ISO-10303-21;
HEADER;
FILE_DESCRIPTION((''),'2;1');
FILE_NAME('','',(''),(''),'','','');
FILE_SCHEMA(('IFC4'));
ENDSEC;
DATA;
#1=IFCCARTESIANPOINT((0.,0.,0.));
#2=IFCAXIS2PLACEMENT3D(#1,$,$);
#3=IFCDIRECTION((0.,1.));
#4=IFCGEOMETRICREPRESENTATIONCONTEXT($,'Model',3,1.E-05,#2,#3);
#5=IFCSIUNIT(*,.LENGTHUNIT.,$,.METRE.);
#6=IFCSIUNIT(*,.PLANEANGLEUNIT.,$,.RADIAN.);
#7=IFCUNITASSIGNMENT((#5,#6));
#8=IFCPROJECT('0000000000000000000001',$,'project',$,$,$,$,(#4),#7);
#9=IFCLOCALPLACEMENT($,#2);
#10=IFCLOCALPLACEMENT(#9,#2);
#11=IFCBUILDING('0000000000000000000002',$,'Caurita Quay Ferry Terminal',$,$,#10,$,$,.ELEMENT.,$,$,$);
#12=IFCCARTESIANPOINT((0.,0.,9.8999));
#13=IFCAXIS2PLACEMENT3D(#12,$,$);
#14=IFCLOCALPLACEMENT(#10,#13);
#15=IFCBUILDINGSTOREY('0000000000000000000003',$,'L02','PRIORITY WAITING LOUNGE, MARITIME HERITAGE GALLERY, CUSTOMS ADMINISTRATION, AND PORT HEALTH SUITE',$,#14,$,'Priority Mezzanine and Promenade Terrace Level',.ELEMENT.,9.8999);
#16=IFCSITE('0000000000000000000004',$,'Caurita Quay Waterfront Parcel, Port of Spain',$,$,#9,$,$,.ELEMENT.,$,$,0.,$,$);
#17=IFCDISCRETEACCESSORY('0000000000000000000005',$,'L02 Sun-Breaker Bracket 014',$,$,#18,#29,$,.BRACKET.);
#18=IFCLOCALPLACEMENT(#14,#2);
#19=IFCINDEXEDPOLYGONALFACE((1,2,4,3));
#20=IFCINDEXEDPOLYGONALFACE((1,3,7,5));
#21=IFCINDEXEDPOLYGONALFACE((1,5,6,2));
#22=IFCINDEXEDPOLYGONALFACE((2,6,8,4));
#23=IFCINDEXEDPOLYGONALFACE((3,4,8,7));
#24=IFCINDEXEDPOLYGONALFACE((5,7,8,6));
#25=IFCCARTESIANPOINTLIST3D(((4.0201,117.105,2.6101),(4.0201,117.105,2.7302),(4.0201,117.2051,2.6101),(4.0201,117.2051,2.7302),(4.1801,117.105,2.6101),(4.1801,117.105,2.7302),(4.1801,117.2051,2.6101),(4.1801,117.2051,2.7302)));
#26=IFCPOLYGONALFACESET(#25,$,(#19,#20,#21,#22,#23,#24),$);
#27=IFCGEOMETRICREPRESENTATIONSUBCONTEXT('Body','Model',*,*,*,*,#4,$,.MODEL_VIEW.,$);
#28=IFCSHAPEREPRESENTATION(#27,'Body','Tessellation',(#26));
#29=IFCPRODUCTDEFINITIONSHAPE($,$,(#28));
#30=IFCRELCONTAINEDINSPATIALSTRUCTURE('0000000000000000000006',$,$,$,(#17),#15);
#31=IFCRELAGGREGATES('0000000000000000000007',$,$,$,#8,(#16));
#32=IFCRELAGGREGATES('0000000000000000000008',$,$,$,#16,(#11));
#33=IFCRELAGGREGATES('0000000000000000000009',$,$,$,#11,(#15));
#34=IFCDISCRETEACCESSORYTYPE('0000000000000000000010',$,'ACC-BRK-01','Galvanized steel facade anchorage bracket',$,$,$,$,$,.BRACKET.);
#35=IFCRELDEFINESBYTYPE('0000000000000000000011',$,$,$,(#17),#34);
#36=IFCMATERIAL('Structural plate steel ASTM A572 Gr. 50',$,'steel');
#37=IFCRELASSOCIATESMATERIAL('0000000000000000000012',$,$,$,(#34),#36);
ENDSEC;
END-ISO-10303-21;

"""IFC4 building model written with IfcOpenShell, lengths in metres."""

from ifc_helpers import new_model, si_unit, direction, frame, origin, origin_2d, place, context, subcontext, project, spatial, rectangle, extrude, material, type_object, element, save


model = new_model("IFC4")

# Units and contexts
model_context = context("Model", 3, precision=1e-05, world=origin(), true_north=direction((0.0, 1.0)))
body_context = subcontext(model_context, "Body", "Model", "MODEL_VIEW")
ifc_project = project(units=[si_unit("LENGTHUNIT", "METRE"), si_unit("PLANEANGLEUNIT", "RADIAN")], contexts=[model_context])

# Site, building, storey
site_placement = place(None, origin())
site = spatial("IfcSite", under=ifc_project, at=site_placement, Name="Caurita Quay Waterfront Parcel, Port of Spain", CompositionType="ELEMENT", RefElevation=0.0)
building_placement = place(site_placement, origin())
building = spatial("IfcBuilding", under=site, at=building_placement, Name="Caurita Quay Ferry Terminal", CompositionType="ELEMENT")
storey_placement = place(building_placement, frame((0.0, 0.0, 9.8999)))
storey = spatial("IfcBuildingStorey", under=building, at=storey_placement, Name="L02", Description="PRIORITY WAITING LOUNGE, MARITIME HERITAGE GALLERY, CUSTOMS ADMINISTRATION, AND PORT HEALTH SUITE", LongName="Priority Mezzanine and Promenade Terrace Level", CompositionType="ELEMENT", Elevation=9.8999)

# Discrete accessory
ifc_material_1 = material(Name="Structural plate steel ASTM A572 Gr. 50", Category="steel")
discrete_accessory_type = type_object("IfcDiscreteAccessoryType", Name="ACC-BRK-01", Description="Galvanized steel facade anchorage bracket", PredefinedType="BRACKET", material=ifc_material_1)
for number, where, z_axis, x_axis, name in (
    (1, (4.1001, 117.155, 2.6101), (0.0, 0.0, 1.0), (-1.0, 0.0, 0.0), "L02 Sun-Breaker Bracket 014"),
):
    element("IfcDiscreteAccessory", number, at=place(storey_placement, frame(where, z_axis=z_axis, x_axis=x_axis)), inside=storey, type_object=discrete_accessory_type, Name=name, PredefinedType="BRACKET", context=body_context, shape_type="SweptSolid", body=[
        extrude(rectangle(XDim=0.1599, YDim=0.1001, at=origin_2d()), origin(), (0.0, 0.0, 1.0), 0.1201),
    ])

save(model, "model.ifc")
